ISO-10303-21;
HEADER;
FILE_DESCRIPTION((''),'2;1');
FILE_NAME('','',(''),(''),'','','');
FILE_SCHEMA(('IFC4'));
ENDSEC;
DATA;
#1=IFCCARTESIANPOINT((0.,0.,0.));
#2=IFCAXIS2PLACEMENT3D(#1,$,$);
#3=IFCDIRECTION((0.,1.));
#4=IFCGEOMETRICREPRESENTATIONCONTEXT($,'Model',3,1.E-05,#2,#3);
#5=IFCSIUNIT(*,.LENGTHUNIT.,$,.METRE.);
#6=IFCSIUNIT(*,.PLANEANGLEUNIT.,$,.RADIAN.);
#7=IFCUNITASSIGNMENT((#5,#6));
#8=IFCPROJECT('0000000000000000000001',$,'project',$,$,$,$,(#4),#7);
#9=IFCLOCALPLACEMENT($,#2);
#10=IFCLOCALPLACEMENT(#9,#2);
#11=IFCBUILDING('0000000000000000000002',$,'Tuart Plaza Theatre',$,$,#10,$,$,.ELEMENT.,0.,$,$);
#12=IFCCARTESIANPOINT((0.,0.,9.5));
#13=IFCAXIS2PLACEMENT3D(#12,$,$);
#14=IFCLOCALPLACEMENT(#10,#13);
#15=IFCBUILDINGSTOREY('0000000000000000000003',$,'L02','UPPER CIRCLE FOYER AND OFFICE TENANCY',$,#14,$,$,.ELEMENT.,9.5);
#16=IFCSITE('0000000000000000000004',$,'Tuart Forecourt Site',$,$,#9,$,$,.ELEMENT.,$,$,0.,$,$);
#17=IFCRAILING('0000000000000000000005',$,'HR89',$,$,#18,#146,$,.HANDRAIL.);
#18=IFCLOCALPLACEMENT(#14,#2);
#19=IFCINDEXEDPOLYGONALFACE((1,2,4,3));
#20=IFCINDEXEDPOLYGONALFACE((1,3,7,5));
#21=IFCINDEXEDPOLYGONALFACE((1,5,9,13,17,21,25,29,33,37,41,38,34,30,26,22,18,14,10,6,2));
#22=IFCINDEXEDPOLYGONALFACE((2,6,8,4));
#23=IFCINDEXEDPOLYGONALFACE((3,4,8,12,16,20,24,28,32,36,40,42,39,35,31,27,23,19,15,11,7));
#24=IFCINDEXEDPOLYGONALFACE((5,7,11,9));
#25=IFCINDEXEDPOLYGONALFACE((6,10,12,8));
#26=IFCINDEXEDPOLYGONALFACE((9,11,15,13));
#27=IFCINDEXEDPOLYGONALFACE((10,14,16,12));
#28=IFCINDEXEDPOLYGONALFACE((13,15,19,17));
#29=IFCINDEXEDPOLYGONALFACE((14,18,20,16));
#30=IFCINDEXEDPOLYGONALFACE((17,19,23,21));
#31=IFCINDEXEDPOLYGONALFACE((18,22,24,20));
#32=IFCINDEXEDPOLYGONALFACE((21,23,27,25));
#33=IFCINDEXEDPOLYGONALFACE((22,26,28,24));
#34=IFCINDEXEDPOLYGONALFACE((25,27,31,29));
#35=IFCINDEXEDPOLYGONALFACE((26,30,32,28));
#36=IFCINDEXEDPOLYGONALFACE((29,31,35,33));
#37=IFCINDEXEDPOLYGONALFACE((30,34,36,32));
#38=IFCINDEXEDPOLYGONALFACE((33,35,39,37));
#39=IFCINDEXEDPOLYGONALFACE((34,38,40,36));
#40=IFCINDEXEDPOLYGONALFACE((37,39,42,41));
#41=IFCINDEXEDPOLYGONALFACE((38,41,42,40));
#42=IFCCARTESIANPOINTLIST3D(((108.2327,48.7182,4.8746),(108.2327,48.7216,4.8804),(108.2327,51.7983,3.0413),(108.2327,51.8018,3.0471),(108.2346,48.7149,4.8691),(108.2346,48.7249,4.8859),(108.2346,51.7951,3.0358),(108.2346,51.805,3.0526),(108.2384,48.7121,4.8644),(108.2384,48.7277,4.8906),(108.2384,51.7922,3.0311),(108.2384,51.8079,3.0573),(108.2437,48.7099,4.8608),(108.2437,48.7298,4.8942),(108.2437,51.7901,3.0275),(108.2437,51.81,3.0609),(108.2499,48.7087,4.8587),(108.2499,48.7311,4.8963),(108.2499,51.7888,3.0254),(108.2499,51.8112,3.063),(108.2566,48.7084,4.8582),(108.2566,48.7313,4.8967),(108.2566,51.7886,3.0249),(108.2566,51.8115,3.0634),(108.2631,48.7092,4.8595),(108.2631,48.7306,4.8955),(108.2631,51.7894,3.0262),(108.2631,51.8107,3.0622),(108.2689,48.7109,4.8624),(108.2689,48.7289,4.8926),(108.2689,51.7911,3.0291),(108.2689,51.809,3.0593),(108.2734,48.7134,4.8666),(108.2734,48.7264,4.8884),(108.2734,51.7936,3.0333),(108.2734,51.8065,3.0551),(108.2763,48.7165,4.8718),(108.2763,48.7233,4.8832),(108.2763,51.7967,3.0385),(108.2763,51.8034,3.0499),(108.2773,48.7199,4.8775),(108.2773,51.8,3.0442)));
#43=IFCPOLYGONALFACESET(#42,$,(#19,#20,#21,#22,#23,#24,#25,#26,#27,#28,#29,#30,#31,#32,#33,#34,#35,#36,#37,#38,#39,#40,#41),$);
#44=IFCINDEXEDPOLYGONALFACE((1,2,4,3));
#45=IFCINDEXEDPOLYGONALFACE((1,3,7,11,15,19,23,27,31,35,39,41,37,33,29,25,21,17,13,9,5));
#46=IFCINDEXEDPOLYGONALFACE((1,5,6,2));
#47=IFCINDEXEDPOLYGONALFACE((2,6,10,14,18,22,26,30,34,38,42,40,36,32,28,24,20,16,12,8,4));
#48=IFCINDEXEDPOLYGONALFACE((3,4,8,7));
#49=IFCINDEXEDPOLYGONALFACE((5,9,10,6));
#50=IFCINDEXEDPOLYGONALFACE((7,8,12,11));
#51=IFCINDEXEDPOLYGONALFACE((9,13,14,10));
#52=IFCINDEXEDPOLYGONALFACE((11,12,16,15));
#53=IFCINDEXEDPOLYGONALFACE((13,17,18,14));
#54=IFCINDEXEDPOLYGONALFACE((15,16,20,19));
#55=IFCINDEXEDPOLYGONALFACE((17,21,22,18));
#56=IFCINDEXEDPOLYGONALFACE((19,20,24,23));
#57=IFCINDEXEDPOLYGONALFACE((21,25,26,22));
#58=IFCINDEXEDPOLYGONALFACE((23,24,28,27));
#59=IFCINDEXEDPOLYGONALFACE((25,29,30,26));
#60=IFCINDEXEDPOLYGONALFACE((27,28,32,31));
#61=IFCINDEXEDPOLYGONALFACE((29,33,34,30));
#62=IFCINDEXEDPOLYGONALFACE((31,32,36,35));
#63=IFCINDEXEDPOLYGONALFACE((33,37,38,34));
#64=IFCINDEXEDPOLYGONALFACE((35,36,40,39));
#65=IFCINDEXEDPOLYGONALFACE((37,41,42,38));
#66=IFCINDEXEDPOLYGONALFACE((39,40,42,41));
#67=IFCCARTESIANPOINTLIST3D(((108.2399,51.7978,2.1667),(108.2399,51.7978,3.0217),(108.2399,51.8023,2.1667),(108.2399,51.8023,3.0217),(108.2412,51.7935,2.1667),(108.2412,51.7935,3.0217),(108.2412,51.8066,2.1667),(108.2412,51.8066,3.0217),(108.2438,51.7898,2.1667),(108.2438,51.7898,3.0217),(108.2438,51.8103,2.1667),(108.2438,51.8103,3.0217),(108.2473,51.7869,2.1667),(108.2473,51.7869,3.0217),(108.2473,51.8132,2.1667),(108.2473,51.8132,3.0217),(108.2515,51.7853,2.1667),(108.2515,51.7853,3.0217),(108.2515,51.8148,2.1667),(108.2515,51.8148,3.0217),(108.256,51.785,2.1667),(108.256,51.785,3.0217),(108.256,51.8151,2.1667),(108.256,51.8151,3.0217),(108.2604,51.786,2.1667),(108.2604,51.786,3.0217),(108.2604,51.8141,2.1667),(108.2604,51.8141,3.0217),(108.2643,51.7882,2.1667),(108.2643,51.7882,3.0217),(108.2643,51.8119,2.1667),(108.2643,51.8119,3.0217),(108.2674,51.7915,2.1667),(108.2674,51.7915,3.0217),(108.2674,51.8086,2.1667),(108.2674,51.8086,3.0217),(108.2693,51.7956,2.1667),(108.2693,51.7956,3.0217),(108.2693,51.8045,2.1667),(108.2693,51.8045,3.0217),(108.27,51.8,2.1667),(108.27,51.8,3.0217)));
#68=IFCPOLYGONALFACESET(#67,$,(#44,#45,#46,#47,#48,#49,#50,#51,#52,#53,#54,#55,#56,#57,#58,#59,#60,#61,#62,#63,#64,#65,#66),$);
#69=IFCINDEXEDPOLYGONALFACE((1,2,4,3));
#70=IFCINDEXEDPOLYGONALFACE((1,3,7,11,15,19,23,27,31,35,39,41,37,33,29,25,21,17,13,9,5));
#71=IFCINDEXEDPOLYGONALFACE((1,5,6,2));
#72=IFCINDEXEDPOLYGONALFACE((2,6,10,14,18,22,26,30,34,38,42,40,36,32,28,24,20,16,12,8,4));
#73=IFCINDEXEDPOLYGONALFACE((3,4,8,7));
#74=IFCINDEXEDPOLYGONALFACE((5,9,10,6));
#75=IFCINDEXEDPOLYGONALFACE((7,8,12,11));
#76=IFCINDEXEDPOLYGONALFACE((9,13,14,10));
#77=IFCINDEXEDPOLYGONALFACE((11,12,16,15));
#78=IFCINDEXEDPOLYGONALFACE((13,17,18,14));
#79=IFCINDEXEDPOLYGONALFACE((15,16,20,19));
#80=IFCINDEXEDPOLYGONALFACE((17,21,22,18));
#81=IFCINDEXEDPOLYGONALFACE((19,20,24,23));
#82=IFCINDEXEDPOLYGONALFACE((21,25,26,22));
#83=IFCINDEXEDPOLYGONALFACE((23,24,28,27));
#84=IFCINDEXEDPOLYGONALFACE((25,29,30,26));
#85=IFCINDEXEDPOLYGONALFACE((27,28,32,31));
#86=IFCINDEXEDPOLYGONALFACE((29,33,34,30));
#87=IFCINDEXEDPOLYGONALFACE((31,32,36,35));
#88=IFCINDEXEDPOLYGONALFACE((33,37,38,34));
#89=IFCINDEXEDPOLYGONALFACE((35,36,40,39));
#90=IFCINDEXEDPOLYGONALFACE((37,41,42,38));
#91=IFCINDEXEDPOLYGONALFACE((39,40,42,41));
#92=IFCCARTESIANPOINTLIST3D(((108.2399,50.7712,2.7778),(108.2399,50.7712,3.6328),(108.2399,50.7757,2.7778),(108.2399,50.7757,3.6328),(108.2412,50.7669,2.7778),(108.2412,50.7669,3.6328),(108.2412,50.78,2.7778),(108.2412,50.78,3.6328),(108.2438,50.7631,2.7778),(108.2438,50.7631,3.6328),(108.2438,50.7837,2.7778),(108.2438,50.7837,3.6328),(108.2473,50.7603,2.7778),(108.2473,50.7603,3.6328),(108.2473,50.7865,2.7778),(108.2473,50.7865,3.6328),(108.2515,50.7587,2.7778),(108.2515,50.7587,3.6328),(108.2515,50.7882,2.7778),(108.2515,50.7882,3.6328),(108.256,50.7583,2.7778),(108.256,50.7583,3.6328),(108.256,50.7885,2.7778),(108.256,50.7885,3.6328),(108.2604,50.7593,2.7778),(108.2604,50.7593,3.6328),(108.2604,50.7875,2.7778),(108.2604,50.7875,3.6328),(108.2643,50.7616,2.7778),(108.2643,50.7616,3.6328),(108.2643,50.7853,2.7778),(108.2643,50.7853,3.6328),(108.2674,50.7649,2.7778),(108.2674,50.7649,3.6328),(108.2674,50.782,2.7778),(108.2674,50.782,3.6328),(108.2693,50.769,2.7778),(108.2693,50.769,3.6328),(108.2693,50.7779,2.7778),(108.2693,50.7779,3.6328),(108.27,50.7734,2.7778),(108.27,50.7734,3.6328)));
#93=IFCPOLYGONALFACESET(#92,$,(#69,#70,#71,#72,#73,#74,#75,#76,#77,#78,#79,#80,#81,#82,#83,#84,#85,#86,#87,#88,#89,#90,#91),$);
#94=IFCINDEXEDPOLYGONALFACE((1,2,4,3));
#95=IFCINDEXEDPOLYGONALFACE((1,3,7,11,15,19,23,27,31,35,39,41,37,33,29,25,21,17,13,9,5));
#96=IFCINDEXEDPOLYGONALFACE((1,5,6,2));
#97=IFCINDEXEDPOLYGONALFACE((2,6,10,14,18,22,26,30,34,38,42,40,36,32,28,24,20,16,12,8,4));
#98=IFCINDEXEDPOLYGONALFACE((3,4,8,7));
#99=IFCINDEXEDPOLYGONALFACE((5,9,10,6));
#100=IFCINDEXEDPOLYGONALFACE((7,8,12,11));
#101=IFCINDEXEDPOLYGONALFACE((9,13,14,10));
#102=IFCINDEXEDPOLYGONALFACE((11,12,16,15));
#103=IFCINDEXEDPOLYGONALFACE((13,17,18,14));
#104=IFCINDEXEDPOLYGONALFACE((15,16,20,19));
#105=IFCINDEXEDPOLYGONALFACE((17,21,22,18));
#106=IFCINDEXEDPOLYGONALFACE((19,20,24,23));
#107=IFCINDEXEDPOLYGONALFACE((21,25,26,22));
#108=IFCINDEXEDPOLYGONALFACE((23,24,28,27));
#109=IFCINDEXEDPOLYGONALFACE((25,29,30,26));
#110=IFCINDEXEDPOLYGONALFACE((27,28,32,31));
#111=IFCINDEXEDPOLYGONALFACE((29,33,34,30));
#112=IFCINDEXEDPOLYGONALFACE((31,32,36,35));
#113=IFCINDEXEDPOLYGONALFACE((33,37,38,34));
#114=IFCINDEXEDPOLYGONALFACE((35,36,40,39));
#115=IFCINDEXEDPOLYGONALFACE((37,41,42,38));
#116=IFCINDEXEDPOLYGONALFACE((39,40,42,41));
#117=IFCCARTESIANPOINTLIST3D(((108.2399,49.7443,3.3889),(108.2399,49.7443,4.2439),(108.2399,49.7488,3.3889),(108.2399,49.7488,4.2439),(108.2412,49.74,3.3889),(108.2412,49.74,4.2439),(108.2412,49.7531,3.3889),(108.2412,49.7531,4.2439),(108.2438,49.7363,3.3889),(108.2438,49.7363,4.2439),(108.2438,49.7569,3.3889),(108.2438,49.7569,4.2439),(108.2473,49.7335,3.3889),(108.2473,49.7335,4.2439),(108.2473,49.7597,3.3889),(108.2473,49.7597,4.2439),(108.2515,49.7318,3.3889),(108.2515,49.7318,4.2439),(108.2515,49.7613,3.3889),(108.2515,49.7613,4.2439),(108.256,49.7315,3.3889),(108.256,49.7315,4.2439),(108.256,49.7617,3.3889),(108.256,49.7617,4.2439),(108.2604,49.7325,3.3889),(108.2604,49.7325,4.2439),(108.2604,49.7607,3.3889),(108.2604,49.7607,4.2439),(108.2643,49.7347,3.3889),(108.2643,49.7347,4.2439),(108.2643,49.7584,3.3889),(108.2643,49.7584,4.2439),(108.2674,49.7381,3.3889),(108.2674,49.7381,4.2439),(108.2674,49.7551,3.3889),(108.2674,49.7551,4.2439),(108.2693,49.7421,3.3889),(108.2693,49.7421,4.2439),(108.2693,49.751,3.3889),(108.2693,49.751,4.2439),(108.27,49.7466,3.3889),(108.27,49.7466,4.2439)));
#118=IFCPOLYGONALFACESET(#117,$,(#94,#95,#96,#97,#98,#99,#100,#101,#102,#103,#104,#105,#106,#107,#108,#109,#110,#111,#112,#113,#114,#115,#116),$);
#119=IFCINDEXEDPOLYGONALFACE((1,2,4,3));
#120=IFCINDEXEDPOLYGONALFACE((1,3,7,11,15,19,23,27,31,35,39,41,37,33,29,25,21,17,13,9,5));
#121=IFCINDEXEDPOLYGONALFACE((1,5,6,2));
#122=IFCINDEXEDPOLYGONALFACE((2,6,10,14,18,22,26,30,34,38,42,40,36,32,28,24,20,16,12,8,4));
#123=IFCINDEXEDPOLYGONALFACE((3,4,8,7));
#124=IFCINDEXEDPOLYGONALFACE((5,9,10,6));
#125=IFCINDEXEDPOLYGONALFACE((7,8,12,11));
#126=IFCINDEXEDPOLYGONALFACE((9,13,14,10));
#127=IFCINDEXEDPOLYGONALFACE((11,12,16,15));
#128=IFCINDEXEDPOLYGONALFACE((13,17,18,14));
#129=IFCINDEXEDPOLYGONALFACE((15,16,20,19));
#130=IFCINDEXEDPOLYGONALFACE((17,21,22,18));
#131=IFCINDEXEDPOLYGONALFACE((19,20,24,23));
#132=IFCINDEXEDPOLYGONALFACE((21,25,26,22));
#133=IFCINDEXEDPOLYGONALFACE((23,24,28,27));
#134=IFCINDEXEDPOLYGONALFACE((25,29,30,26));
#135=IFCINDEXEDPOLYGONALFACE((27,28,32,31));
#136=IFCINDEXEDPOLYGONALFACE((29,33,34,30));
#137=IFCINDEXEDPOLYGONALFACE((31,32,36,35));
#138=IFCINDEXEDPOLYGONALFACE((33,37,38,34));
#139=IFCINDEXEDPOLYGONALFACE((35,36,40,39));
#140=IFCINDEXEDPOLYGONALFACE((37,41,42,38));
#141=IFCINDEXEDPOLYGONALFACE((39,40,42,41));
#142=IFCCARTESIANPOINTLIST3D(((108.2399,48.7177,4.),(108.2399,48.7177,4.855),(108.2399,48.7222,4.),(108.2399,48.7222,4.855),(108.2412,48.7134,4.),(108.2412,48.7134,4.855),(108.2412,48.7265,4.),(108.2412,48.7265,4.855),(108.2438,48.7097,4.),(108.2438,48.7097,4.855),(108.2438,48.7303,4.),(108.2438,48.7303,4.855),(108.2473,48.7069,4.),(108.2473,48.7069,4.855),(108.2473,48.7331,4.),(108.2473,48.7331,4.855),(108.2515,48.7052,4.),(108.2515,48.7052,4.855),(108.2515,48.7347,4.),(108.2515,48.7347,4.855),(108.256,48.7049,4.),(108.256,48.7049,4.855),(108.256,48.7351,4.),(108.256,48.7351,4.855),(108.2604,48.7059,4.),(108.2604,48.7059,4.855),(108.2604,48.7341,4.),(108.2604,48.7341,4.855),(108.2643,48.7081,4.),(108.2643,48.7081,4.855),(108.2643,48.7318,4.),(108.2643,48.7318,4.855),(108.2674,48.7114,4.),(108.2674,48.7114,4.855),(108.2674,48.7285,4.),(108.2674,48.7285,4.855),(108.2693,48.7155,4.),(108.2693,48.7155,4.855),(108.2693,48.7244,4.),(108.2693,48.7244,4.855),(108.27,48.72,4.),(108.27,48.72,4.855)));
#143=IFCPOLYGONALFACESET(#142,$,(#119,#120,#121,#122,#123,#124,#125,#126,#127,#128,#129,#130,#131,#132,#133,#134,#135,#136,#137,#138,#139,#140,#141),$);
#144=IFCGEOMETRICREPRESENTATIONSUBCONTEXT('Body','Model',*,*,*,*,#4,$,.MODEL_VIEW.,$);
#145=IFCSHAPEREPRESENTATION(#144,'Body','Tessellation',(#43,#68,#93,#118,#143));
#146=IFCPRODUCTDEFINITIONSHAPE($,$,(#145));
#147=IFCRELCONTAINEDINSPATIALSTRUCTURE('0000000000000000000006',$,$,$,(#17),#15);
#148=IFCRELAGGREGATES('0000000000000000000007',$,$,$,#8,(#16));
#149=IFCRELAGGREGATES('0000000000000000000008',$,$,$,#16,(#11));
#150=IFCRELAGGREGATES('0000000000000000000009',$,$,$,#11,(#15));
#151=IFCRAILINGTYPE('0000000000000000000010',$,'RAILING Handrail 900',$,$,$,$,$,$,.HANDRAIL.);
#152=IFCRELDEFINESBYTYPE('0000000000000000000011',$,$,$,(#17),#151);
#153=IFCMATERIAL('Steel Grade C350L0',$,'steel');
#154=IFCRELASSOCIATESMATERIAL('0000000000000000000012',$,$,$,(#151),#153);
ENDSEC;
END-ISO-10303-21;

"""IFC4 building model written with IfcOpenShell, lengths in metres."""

from ifc_helpers import new_model, si_unit, direction, frame, origin, origin_2d, place, context, subcontext, project, spatial, circle, extrude, material, type_object, element, save


model = new_model("IFC4")

# Units and contexts
model_context = context("Model", 3, precision=1e-05, world=origin(), true_north=direction((0.0, 1.0)))
body_context = subcontext(model_context, "Body", "Model", "MODEL_VIEW")
ifc_project = project(units=[si_unit("LENGTHUNIT", "METRE"), si_unit("PLANEANGLEUNIT", "RADIAN")], contexts=[model_context])

# Site, building, storey
site_placement = place(None, origin())
site = spatial("IfcSite", under=ifc_project, at=site_placement, Name="Tuart Forecourt Site", CompositionType="ELEMENT", RefElevation=0.0)
building_placement = place(site_placement, origin())
building = spatial("IfcBuilding", under=site, at=building_placement, Name="Tuart Plaza Theatre", CompositionType="ELEMENT", ElevationOfRefHeight=0.0)
storey_placement = place(building_placement, frame((0.0, 0.0, 9.5)))
storey = spatial("IfcBuildingStorey", under=building, at=storey_placement, Name="L02", Description="UPPER CIRCLE FOYER AND OFFICE TENANCY", CompositionType="ELEMENT", Elevation=9.5)

# Railing
ifc_material_1 = material(Name="Steel Grade C350L0", Category="steel")
railing_type_1 = type_object("IfcRailingType", Name="RAILING Handrail 900", PredefinedType="HANDRAIL", material=ifc_material_1)
for number, where, name in (
    (1, (108.2549, 51.8, 2.1667), "HR89"),
):
    element("IfcRailing", number, at=place(storey_placement, frame(where)), inside=storey, type_object=railing_type_1, Name=name, PredefinedType="HANDRAIL", context=body_context, shape_type="SweptSolid", body=[
        extrude(circle(Radius=0.0225, at=origin_2d()), frame((0.0, 0.0, 0.8774), z_axis=(0.0, -0.859309, 0.511458), x_axis=(1.0, 0.0, 0.0)), (0.0, 0.0, 1.0), 3.5845),
        extrude(circle(Radius=0.0151, at=origin_2d()), origin(), (0.0, 0.0, 1.0), 0.855),
        extrude(circle(Radius=0.0151, at=origin_2d()), frame((0.0, -1.0266, 0.6111)), (0.0, 0.0, 1.0), 0.855),
        extrude(circle(Radius=0.0151, at=origin_2d()), frame((0.0, -2.0535, 1.2222)), (0.0, 0.0, 1.0), 0.855),
        extrude(circle(Radius=0.0151, at=origin_2d()), frame((0.0, -3.0801, 1.8333)), (0.0, 0.0, 1.0), 0.855),
    ])

save(model, "model.ifc")
